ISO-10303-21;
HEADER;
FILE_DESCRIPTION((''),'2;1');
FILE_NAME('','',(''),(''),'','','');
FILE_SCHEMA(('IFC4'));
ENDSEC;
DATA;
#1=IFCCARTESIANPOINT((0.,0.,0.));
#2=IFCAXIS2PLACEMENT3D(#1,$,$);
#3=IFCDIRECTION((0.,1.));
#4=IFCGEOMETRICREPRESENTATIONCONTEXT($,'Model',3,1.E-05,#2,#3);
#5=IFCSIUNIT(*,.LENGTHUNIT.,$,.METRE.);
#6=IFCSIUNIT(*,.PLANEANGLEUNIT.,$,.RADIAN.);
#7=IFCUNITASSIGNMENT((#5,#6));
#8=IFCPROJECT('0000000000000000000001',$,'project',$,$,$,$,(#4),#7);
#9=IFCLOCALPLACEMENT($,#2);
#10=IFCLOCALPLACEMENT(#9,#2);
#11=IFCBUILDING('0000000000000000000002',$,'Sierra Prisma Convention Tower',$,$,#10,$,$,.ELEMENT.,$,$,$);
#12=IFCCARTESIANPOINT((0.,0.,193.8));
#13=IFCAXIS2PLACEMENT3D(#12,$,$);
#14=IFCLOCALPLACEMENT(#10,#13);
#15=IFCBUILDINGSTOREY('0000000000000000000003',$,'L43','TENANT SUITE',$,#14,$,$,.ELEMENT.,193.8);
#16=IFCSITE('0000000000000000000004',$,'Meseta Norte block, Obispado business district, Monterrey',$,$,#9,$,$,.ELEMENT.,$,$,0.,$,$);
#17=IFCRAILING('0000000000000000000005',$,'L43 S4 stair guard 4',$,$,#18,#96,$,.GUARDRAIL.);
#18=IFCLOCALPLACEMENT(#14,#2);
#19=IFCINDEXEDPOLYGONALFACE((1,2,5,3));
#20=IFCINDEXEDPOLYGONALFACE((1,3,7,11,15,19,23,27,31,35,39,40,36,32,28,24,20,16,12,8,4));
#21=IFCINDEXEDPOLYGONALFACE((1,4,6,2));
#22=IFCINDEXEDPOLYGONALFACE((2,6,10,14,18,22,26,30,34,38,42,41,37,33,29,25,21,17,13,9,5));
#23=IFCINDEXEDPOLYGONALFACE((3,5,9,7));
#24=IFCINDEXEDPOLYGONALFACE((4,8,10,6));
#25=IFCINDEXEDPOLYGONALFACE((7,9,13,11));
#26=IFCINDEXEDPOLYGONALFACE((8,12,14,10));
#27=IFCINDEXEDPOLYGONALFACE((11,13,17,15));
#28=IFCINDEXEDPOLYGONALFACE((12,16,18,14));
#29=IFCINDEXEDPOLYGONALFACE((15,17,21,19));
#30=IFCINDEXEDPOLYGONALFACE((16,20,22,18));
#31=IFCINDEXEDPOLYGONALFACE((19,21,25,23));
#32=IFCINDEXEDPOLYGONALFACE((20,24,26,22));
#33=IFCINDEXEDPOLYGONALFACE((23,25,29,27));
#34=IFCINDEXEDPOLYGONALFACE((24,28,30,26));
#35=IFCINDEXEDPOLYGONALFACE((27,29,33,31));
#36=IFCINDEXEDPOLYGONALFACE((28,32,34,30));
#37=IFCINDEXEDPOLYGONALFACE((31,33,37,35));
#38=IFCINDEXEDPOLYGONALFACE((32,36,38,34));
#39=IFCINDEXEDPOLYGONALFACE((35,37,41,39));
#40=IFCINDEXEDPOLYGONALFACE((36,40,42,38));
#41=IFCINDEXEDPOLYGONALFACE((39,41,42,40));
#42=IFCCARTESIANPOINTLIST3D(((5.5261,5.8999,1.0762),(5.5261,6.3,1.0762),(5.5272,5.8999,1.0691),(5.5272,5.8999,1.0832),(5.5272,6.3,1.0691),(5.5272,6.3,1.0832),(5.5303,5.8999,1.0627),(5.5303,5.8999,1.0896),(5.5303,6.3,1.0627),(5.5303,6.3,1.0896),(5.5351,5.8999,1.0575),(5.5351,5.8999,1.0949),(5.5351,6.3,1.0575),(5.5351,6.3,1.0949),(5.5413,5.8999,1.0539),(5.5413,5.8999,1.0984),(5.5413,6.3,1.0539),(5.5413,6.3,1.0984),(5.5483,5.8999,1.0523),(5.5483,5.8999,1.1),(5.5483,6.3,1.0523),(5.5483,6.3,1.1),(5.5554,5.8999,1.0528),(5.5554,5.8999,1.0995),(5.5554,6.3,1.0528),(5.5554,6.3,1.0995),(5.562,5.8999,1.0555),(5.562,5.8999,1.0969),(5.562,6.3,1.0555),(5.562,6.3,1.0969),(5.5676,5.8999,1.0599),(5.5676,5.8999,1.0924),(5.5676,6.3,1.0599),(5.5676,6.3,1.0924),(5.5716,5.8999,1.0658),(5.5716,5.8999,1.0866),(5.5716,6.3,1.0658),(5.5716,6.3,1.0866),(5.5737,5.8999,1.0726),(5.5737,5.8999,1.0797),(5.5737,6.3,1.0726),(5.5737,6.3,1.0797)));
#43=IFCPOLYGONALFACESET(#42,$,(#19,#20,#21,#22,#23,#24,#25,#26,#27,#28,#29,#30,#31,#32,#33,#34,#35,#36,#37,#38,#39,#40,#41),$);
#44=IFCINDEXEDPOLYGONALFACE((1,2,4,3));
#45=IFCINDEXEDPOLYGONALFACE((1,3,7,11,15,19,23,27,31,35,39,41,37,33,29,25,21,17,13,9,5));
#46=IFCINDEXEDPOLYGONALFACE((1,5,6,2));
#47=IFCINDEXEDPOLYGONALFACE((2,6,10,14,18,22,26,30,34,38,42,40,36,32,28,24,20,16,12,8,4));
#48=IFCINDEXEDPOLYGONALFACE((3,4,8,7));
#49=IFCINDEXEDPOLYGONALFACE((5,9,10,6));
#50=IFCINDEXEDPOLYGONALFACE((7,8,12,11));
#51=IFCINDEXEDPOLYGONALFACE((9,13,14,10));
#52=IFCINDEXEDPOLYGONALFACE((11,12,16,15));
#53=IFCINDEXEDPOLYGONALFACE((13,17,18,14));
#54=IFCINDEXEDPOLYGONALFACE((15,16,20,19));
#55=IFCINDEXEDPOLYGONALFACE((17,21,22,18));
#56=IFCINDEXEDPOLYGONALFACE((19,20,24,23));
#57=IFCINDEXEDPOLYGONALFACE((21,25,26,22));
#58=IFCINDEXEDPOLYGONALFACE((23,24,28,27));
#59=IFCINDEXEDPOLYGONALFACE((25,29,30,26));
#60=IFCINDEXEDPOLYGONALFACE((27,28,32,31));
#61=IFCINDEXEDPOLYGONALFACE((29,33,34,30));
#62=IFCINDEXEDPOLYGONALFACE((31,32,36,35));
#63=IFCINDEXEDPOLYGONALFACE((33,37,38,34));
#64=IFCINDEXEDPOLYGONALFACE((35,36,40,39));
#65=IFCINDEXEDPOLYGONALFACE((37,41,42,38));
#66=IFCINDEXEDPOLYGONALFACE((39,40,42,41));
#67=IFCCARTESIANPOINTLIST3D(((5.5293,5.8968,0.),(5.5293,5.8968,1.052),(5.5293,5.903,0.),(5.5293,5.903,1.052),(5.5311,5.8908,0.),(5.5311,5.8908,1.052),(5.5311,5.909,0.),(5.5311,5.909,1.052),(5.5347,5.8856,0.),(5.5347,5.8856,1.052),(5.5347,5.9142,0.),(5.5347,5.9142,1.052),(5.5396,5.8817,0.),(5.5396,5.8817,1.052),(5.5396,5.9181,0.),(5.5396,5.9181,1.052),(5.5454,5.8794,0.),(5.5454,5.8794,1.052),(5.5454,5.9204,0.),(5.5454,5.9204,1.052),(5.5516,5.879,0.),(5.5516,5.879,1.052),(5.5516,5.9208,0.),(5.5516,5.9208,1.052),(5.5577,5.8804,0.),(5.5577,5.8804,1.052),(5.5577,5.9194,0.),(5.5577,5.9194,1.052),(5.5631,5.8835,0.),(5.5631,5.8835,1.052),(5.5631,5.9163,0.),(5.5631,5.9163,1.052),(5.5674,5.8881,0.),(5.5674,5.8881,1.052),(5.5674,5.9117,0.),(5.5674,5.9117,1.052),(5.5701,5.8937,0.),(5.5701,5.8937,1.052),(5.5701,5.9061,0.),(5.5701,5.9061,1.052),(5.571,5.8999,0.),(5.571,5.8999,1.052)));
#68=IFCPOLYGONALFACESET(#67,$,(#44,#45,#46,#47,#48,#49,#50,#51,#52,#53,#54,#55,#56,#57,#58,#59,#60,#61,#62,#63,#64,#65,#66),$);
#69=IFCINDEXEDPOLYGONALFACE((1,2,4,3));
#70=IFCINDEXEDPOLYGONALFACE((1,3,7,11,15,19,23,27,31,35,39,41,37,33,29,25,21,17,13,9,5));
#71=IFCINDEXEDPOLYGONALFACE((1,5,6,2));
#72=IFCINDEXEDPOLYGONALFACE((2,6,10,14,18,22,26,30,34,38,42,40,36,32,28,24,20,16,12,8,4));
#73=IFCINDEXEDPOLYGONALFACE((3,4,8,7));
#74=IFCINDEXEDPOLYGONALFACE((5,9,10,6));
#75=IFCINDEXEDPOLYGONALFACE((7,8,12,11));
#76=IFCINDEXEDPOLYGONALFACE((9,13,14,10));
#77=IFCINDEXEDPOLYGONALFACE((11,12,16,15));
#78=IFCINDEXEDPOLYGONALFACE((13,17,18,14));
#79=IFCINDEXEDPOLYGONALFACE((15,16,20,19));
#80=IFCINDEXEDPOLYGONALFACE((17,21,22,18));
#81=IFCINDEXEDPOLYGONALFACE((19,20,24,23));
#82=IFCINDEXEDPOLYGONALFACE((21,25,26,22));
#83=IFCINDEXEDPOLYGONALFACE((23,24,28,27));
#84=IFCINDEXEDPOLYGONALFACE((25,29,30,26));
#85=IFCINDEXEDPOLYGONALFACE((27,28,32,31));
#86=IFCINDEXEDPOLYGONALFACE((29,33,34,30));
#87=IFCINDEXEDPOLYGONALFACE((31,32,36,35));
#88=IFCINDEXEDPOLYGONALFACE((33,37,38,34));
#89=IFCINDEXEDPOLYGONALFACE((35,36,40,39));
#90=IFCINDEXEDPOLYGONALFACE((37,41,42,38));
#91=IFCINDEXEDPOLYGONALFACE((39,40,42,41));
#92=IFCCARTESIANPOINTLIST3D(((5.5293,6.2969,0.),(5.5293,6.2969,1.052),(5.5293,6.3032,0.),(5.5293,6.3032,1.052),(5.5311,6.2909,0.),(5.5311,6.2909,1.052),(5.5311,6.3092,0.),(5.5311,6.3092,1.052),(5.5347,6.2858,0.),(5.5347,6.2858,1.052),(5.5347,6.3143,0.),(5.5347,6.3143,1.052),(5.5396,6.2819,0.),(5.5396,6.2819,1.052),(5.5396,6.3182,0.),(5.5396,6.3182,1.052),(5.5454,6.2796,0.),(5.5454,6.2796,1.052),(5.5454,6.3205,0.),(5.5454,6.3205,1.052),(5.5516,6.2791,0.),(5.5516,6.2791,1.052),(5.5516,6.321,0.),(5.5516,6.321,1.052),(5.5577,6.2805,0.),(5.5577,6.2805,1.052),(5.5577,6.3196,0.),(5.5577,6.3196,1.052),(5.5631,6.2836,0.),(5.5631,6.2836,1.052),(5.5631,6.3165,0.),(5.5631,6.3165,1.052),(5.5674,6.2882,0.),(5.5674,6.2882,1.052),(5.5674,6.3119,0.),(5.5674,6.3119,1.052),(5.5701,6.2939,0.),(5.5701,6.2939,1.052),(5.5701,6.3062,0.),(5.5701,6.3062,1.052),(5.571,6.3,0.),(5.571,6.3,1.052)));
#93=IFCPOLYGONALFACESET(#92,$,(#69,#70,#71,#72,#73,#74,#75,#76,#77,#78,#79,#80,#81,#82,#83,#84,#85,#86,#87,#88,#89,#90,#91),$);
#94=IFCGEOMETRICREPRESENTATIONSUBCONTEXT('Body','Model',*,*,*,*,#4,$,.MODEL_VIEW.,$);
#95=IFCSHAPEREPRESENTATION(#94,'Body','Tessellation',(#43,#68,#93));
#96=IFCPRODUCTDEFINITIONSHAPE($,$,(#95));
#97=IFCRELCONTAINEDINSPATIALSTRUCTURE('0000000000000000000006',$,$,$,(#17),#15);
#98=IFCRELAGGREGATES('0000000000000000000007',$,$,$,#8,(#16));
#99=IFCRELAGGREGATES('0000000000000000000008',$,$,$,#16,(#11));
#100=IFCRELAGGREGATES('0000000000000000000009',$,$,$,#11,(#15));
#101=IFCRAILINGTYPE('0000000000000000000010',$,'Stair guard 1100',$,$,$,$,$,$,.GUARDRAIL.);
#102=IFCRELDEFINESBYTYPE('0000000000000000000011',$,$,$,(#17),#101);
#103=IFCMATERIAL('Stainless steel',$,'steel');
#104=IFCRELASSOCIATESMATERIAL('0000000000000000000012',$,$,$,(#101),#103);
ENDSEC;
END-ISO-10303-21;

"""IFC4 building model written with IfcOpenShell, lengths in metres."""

from ifc_helpers import new_model, si_unit, direction, frame, origin, origin_2d, place, context, subcontext, project, spatial, circle, extrude, material, type_object, element, save


model = new_model("IFC4")

# Units and contexts
model_context = context("Model", 3, precision=1e-05, world=origin(), true_north=direction((0.0, 1.0)))
body_context = subcontext(model_context, "Body", "Model", "MODEL_VIEW")
ifc_project = project(units=[si_unit("LENGTHUNIT", "METRE"), si_unit("PLANEANGLEUNIT", "RADIAN")], contexts=[model_context])

# Site, building, storey
site_placement = place(None, origin())
site = spatial("IfcSite", under=ifc_project, at=site_placement, Name="Meseta Norte block, Obispado business district, Monterrey", CompositionType="ELEMENT", RefElevation=0.0)
building_placement = place(site_placement, origin())
building = spatial("IfcBuilding", under=site, at=building_placement, Name="Sierra Prisma Convention Tower", CompositionType="ELEMENT")
storey_placement = place(building_placement, frame((0.0, 0.0, 193.8)))
storey = spatial("IfcBuildingStorey", under=building, at=storey_placement, Name="L43", Description="TENANT SUITE", CompositionType="ELEMENT", Elevation=193.8)

# Railing
ifc_material_1 = material(Name="Stainless steel", Category="steel")
railing_type = type_object("IfcRailingType", Name="Stair guard 1100", PredefinedType="GUARDRAIL", material=ifc_material_1)
railing_placement = place(storey_placement, frame((5.55, 5.8999, 0.0)))
element("IfcRailing", 1, at=railing_placement, inside=storey, type_object=railing_type, Name="L43 S4 stair guard 4", PredefinedType="GUARDRAIL", context=body_context, shape_type="SweptSolid", body=[
    extrude(circle(Radius=0.0239, at=origin_2d()), frame((0.0, 0.0, 1.0762), z_axis=(0.0, 1.0, 0.0), x_axis=(-1.0, 0.0, 0.0)), (0.0, 0.0, 1.0), 0.4001),
    extrude(circle(Radius=0.021, at=origin_2d()), origin(), (0.0, 0.0, 1.0), 1.052),
    extrude(circle(Radius=0.021, at=origin_2d()), frame((0.0, 0.4001, 0.0)), (0.0, 0.0, 1.0), 1.052),
])

save(model, "model.ifc")
